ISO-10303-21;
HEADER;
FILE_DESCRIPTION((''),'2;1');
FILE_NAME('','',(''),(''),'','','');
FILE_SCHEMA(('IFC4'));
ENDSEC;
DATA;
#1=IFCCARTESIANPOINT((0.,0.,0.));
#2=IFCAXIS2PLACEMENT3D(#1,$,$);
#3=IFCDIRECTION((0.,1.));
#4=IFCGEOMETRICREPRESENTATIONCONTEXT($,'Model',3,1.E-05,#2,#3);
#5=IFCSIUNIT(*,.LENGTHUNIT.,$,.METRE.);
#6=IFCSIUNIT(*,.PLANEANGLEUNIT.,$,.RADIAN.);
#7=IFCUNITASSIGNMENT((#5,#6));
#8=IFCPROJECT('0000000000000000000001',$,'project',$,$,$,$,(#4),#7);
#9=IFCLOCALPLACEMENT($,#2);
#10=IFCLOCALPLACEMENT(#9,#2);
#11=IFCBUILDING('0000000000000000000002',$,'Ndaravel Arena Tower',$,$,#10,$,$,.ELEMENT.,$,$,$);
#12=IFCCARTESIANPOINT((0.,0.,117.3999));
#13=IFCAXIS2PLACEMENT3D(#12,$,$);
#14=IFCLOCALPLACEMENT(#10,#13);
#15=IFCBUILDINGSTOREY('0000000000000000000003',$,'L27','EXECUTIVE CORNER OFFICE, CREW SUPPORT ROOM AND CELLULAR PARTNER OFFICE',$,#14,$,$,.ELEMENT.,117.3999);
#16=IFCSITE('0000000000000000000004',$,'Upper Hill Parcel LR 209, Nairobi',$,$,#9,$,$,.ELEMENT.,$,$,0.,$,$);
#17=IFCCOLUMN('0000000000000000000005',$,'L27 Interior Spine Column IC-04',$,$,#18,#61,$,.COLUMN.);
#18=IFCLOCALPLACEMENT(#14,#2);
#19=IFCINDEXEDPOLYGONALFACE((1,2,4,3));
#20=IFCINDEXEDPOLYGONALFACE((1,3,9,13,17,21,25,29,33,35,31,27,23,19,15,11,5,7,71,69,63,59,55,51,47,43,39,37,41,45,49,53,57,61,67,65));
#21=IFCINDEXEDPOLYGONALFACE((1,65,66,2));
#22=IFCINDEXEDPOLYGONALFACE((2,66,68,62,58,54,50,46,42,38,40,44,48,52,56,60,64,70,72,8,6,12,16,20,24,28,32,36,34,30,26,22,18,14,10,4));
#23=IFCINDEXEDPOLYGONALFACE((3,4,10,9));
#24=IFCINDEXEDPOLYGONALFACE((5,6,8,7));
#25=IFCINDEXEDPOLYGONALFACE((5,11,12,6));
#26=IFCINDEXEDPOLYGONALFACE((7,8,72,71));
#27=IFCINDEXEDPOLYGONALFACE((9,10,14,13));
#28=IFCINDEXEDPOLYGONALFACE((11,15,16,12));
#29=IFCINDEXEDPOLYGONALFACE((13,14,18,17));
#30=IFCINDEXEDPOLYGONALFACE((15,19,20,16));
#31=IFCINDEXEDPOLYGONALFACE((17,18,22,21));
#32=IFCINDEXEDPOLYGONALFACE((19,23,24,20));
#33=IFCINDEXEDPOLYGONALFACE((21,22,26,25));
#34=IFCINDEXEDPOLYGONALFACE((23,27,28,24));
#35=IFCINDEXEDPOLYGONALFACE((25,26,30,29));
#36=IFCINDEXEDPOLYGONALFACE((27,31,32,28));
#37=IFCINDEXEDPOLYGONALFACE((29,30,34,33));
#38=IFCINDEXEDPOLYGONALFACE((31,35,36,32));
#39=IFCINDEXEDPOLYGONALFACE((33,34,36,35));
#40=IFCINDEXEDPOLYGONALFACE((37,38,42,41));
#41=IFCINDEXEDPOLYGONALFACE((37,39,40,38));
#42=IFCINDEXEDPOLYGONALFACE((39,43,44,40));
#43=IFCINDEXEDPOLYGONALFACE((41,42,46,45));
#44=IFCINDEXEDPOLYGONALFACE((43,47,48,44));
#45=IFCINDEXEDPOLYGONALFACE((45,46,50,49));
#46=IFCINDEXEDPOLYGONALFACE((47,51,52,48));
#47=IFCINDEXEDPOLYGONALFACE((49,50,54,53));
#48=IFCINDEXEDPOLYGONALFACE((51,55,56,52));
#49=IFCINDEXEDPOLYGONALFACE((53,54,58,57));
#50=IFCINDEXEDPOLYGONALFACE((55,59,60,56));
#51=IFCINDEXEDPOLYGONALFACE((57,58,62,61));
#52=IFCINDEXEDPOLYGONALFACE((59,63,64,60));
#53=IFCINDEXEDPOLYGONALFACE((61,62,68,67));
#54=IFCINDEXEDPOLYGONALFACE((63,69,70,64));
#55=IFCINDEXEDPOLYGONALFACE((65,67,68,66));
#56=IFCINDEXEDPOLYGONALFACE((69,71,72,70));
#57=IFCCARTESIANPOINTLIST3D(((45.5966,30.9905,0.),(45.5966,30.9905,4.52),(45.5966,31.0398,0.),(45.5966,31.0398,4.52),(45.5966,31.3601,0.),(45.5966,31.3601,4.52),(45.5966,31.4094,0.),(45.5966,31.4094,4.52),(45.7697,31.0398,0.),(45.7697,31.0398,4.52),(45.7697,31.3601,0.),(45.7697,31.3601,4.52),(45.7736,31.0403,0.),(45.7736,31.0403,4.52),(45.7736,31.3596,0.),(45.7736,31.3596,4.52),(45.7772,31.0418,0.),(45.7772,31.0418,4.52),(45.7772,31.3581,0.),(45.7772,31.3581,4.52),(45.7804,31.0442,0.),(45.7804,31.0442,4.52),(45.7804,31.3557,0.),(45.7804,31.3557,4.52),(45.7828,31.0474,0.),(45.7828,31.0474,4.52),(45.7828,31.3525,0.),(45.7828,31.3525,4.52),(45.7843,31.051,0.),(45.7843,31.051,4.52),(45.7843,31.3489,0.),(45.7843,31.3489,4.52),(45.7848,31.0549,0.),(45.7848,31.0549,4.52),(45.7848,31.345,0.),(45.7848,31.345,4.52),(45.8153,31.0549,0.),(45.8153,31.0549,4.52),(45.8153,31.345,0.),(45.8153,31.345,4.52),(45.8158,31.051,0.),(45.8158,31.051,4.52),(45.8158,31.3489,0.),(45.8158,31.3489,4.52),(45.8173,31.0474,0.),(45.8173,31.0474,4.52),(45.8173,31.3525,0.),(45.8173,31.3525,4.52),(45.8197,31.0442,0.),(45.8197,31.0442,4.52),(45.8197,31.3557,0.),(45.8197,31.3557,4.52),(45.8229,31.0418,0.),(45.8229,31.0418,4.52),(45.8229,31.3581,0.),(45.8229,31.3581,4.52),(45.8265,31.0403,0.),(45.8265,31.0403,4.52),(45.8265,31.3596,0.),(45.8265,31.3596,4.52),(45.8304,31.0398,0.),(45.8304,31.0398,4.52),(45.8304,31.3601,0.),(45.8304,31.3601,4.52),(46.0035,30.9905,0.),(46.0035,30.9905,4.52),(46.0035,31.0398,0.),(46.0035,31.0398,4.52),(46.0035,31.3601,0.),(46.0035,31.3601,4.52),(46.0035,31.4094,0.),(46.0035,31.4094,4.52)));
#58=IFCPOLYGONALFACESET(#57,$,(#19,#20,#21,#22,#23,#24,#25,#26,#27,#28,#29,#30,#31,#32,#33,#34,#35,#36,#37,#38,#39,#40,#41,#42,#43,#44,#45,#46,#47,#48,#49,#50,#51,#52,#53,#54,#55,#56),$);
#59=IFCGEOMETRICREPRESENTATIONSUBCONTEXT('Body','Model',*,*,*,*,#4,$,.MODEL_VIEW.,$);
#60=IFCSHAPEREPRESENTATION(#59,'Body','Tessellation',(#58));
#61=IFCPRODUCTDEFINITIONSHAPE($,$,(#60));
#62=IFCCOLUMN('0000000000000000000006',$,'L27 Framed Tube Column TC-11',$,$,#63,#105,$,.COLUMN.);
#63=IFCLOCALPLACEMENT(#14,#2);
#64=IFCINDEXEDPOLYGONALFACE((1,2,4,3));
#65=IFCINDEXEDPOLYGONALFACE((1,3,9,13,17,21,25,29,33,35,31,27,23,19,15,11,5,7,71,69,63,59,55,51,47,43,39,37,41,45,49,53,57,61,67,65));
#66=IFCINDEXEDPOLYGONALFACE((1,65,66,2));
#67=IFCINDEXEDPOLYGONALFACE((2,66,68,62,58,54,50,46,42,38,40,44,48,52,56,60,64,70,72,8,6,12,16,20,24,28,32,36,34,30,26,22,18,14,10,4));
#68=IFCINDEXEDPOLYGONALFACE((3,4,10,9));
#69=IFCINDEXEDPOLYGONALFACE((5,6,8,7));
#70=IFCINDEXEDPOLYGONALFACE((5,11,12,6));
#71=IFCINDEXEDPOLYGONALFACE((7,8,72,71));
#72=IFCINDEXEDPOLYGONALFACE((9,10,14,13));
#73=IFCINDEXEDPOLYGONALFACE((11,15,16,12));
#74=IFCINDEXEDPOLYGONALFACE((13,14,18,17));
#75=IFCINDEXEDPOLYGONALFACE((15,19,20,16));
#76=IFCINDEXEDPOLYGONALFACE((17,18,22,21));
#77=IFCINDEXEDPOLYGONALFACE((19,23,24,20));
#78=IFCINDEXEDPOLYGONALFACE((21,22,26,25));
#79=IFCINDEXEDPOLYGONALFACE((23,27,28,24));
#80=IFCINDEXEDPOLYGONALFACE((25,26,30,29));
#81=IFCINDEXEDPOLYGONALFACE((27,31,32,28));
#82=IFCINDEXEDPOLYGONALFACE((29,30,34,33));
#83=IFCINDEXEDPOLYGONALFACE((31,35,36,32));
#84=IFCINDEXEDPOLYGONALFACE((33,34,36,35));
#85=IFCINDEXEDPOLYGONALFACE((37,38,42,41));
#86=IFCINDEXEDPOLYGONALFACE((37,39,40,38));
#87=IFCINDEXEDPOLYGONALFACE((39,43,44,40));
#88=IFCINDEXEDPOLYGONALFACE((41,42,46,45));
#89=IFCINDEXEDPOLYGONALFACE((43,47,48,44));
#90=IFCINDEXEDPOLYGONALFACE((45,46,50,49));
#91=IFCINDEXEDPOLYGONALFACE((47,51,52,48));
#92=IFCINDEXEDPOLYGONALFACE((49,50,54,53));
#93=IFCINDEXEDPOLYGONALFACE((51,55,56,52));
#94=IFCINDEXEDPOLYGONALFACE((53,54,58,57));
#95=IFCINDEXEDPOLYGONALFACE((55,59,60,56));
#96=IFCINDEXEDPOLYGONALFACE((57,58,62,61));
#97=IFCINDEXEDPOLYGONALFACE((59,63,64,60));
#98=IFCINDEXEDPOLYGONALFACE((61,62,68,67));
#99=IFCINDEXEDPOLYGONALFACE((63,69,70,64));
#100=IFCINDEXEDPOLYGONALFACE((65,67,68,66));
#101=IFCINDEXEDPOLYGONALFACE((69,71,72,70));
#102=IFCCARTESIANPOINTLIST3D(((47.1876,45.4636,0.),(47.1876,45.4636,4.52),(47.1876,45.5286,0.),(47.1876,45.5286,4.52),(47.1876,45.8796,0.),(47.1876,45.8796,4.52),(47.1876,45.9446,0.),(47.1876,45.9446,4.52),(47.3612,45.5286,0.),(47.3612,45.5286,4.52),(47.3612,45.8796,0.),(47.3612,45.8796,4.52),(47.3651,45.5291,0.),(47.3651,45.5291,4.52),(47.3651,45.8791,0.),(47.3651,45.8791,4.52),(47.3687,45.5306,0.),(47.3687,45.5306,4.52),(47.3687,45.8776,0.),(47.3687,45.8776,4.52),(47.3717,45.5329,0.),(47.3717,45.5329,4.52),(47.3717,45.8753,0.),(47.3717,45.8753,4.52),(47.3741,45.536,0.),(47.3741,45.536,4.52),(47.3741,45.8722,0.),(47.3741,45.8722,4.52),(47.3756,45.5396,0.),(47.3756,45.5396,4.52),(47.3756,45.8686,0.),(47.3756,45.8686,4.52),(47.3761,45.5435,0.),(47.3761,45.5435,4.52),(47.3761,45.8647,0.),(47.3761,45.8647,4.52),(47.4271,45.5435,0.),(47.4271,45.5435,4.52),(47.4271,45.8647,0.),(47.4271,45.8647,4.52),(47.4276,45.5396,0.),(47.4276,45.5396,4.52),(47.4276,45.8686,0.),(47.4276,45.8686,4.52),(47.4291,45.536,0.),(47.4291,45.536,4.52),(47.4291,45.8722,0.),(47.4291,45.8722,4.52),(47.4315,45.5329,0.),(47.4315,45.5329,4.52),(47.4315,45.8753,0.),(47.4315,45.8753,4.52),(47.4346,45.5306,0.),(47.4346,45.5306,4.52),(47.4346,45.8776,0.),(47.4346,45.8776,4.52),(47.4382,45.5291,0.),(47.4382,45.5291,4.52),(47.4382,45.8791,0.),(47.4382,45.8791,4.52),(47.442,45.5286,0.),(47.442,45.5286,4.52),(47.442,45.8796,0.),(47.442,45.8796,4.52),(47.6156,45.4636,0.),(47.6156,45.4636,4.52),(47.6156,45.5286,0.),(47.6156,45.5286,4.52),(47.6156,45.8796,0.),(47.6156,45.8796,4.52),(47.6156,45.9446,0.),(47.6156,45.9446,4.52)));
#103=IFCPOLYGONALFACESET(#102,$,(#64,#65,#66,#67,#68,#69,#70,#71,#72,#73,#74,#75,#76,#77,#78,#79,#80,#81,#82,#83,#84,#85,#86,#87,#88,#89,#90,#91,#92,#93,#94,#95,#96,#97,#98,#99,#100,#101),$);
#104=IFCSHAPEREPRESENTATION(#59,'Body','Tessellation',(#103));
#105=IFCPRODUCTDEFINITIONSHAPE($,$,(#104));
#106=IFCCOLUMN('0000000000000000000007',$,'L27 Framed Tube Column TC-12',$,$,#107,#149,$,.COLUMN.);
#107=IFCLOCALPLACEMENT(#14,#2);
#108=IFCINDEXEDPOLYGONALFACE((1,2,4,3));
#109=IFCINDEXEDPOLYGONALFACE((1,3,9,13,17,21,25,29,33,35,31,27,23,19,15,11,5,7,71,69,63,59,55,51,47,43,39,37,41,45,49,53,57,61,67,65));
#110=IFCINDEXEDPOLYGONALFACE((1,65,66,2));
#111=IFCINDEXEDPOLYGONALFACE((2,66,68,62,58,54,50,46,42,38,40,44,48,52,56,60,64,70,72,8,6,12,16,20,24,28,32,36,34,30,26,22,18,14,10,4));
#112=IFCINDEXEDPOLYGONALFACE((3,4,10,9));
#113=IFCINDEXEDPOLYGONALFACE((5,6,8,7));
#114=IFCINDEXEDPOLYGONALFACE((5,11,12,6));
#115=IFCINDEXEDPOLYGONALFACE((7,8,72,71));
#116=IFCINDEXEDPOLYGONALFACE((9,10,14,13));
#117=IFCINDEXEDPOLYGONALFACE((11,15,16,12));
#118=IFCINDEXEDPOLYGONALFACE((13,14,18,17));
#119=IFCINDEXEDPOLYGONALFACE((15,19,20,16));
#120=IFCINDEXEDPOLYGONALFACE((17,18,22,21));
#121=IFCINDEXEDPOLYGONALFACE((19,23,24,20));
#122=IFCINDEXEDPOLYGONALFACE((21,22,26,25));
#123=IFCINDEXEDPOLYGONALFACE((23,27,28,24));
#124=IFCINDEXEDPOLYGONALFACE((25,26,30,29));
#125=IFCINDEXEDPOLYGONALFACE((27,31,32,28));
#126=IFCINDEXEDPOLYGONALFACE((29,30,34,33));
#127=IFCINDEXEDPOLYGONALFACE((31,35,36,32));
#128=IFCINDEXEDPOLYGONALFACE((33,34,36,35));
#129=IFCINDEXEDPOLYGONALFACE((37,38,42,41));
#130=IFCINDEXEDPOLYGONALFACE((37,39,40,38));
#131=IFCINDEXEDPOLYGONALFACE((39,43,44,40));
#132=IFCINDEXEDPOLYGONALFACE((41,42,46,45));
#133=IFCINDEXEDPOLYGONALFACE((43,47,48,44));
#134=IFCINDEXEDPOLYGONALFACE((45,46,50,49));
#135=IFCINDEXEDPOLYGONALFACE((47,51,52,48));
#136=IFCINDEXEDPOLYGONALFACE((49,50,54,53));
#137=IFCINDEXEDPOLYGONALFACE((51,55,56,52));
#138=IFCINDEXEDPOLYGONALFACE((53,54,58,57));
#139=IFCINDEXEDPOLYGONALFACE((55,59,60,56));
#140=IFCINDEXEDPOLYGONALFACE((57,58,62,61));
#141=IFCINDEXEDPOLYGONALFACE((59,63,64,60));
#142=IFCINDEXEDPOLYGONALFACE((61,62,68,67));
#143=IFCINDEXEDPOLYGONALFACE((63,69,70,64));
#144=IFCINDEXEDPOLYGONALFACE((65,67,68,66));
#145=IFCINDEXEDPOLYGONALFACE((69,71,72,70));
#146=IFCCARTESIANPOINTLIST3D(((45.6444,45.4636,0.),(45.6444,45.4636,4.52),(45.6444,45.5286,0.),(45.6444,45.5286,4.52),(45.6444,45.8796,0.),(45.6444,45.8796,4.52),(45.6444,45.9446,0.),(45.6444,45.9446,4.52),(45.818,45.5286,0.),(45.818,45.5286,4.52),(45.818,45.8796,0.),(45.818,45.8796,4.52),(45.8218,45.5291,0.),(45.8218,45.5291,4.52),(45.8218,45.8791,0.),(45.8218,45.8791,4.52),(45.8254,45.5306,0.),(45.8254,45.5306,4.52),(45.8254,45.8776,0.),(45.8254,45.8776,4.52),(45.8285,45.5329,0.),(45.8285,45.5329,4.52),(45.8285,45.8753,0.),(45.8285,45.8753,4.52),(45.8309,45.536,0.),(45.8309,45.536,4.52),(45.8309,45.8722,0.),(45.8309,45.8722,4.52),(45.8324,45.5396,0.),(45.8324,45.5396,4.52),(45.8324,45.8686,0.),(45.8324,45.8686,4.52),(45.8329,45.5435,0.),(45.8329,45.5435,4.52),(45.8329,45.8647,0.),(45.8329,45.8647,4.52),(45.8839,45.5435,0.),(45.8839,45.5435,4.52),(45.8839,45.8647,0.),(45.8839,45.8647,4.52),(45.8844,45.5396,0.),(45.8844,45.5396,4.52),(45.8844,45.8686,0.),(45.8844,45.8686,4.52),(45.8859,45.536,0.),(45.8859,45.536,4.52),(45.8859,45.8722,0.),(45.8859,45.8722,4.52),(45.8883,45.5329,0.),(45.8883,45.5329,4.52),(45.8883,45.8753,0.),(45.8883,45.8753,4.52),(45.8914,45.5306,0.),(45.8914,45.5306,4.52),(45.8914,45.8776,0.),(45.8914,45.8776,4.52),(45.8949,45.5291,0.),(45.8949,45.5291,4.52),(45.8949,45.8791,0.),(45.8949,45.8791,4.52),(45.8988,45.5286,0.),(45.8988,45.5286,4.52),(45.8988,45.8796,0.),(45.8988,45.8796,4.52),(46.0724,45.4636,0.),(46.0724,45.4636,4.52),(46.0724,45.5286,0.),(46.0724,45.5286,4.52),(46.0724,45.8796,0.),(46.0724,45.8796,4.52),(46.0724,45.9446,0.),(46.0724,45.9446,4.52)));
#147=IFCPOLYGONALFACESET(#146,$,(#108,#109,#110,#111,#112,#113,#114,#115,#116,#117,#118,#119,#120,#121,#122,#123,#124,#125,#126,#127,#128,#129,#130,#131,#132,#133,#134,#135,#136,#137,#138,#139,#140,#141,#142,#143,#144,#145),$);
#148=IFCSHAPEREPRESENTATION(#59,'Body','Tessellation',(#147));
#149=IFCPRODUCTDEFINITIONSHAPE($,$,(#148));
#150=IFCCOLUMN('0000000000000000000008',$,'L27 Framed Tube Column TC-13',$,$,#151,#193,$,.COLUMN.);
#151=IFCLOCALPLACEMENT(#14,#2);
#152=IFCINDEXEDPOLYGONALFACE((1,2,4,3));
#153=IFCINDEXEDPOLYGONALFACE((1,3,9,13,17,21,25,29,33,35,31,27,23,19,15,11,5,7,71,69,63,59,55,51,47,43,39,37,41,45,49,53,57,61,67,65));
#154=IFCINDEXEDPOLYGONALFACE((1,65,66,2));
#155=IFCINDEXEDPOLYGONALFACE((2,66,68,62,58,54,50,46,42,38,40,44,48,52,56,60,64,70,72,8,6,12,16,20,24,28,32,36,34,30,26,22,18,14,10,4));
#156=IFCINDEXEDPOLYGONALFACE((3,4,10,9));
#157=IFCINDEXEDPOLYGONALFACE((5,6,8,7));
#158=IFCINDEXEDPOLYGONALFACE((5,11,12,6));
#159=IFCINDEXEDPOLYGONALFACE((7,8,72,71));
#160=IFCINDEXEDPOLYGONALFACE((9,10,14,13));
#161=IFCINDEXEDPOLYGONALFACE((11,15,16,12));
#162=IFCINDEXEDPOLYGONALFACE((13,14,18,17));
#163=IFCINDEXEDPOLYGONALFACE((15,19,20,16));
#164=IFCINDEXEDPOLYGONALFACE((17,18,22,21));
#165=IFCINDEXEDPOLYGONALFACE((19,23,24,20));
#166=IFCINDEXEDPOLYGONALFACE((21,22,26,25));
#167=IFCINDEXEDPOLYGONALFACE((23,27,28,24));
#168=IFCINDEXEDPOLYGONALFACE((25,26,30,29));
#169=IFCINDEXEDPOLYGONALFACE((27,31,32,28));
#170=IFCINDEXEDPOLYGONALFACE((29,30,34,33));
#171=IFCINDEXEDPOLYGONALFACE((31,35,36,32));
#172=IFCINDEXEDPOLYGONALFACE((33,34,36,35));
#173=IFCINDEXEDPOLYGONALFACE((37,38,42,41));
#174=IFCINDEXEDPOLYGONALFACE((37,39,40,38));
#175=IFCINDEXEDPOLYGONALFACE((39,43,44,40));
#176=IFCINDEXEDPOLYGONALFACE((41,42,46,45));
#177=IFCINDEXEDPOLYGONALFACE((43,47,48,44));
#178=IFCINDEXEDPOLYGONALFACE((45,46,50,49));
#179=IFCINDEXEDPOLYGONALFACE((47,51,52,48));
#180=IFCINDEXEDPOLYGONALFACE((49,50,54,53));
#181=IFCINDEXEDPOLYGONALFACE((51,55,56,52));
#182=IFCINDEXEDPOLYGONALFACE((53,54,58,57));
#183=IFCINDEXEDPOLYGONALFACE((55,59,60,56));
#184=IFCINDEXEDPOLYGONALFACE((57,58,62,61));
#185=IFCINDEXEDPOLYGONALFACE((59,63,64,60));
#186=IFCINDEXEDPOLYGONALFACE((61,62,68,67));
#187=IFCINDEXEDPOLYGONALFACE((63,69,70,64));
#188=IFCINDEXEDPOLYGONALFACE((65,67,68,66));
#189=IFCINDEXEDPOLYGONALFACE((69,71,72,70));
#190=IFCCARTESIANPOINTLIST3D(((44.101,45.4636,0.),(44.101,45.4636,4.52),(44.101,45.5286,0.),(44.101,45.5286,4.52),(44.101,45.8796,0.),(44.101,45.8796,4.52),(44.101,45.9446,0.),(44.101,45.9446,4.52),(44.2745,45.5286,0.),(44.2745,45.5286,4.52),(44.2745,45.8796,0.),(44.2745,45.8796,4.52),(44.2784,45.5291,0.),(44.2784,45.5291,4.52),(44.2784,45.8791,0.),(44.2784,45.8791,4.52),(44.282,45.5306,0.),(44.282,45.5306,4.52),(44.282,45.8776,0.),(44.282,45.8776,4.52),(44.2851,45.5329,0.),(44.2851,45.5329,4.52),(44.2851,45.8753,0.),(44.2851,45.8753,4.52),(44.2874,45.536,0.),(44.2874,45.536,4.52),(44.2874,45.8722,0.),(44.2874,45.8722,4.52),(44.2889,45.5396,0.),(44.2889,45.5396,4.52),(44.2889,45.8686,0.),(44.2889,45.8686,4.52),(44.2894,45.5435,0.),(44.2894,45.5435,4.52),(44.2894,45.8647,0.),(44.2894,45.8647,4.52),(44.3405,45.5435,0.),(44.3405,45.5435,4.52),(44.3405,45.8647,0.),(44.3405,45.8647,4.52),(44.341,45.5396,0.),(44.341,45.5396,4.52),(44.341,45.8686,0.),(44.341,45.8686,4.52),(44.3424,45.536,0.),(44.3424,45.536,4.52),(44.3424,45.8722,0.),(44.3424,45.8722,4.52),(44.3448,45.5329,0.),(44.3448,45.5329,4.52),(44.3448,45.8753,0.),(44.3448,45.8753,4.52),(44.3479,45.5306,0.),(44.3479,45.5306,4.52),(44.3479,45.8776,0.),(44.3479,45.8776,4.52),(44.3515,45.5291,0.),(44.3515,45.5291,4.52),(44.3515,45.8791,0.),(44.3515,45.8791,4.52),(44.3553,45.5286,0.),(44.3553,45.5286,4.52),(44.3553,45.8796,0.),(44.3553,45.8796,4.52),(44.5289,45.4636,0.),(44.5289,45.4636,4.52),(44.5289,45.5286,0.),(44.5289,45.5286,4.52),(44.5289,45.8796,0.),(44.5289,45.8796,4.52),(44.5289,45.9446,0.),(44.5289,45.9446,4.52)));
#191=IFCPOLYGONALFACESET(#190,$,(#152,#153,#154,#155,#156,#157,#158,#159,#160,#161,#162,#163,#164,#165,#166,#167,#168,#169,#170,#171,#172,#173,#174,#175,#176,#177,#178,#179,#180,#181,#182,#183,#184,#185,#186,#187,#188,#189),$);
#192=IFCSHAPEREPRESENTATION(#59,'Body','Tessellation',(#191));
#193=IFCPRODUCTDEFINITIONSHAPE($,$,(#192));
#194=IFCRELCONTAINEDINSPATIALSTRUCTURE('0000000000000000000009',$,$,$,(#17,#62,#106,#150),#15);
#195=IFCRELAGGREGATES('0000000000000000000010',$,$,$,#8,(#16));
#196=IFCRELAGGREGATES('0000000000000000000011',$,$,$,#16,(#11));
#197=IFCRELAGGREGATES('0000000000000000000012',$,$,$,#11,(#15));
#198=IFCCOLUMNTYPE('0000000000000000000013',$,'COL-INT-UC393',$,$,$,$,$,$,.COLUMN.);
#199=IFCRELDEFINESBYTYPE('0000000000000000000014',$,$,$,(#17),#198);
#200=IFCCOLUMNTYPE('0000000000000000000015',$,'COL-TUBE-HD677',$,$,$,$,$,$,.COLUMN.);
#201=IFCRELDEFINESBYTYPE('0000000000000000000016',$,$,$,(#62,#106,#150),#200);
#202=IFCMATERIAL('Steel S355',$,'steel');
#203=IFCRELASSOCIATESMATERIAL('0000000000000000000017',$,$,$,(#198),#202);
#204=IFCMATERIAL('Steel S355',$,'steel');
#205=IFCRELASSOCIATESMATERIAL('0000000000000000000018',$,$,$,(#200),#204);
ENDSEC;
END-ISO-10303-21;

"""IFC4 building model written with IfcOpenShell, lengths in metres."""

from ifc_helpers import new_model, si_unit, direction, frame, origin, origin_2d, place, context, subcontext, project, spatial, i_section, extrude, material, material_profile, profile_set, type_object, element, save


model = new_model("IFC4")

# Units and contexts
model_context = context("Model", 3, precision=1e-05, world=origin(), true_north=direction((0.0, 1.0)))
body_context = subcontext(model_context, "Body", "Model", "MODEL_VIEW")
ifc_project = project(units=[si_unit("LENGTHUNIT", "METRE"), si_unit("PLANEANGLEUNIT", "RADIAN")], contexts=[model_context])

# Site, building, storey
site_placement = place(None, origin())
site = spatial("IfcSite", under=ifc_project, at=site_placement, Name="Upper Hill Parcel LR 209, Nairobi", CompositionType="ELEMENT", RefElevation=0.0)
building_placement = place(site_placement, origin())
building = spatial("IfcBuilding", under=site, at=building_placement, Name="Ndaravel Arena Tower", CompositionType="ELEMENT")
storey_placement = place(building_placement, frame((0.0, 0.0, 117.3999)))
storey = spatial("IfcBuildingStorey", under=building, at=storey_placement, Name="L27", Description="EXECUTIVE CORNER OFFICE, CREW SUPPORT ROOM AND CELLULAR PARTNER OFFICE", CompositionType="ELEMENT", Elevation=117.3999)

# Columns
ifc_material_1 = material(Name="Steel S355", Category="steel")
ifc_material_profile_1 = material_profile(ifc_material_1, i_section(OverallWidth=0.407, OverallDepth=0.4189, WebThickness=0.0305, FlangeThickness=0.0493, FilletRadius=0.0151, at=origin_2d()), Name="UC 356x406x393")
ifc_profile_set_1 = profile_set([ifc_material_profile_1], Name="Steel S355")
column_type_1 = type_object("IfcColumnType", Name="COL-INT-UC393", PredefinedType="COLUMN", material=ifc_profile_set_1)
column_placement = place(storey_placement, frame((45.8, 31.2, 0.0), z_axis=(0.0, 0.0, 1.0), x_axis=(1.0, 0.0, 0.0)))
element("IfcColumn", 1, at=column_placement, inside=storey, type_object=column_type_1, Name="L27 Interior Spine Column IC-04", PredefinedType="COLUMN", context=body_context, shape_type="SweptSolid", body=[
    extrude(i_section(OverallWidth=0.407, OverallDepth=0.4189, WebThickness=0.0305, FlangeThickness=0.0493, FilletRadius=0.0151, at=origin_2d()), origin(), (0.0, 0.0, 1.0), 4.52),
])
ifc_material_2 = material(Name="Steel S355", Category="steel")
ifc_material_profile_2 = material_profile(ifc_material_2, i_section(OverallWidth=0.428, OverallDepth=0.481, WebThickness=0.051, FlangeThickness=0.0649, FilletRadius=0.0149, at=origin_2d()), Name="HD 400x677")
ifc_profile_set_2 = profile_set([ifc_material_profile_2], Name="Steel S355")
column_type_2 = type_object("IfcColumnType", Name="COL-TUBE-HD677", PredefinedType="COLUMN", material=ifc_profile_set_2)
for number, where, z_axis, x_axis, name in (
    (2, (47.4016, 45.7041, 0.0), (0.0, 0.0, 1.0), (1.0, 0.0, 0.0), "L27 Framed Tube Column TC-11"),
    (3, (45.8584, 45.7041, 0.0), (0.0, 0.0, 1.0), (1.0, 0.0, 0.0), "L27 Framed Tube Column TC-12"),
    (4, (44.3149, 45.7041, 0.0), (0.0, 0.0, 1.0), (1.0, 0.0, 0.0), "L27 Framed Tube Column TC-13"),
):
    element("IfcColumn", number, at=place(storey_placement, frame(where, z_axis=z_axis, x_axis=x_axis)), inside=storey, type_object=column_type_2, Name=name, PredefinedType="COLUMN", context=body_context, shape_type="SweptSolid", body=[
        extrude(i_section(OverallWidth=0.428, OverallDepth=0.481, WebThickness=0.051, FlangeThickness=0.0649, FilletRadius=0.0149, at=origin_2d()), origin(), (0.0, 0.0, 1.0), 4.52),
    ])

save(model, "model.ifc")
